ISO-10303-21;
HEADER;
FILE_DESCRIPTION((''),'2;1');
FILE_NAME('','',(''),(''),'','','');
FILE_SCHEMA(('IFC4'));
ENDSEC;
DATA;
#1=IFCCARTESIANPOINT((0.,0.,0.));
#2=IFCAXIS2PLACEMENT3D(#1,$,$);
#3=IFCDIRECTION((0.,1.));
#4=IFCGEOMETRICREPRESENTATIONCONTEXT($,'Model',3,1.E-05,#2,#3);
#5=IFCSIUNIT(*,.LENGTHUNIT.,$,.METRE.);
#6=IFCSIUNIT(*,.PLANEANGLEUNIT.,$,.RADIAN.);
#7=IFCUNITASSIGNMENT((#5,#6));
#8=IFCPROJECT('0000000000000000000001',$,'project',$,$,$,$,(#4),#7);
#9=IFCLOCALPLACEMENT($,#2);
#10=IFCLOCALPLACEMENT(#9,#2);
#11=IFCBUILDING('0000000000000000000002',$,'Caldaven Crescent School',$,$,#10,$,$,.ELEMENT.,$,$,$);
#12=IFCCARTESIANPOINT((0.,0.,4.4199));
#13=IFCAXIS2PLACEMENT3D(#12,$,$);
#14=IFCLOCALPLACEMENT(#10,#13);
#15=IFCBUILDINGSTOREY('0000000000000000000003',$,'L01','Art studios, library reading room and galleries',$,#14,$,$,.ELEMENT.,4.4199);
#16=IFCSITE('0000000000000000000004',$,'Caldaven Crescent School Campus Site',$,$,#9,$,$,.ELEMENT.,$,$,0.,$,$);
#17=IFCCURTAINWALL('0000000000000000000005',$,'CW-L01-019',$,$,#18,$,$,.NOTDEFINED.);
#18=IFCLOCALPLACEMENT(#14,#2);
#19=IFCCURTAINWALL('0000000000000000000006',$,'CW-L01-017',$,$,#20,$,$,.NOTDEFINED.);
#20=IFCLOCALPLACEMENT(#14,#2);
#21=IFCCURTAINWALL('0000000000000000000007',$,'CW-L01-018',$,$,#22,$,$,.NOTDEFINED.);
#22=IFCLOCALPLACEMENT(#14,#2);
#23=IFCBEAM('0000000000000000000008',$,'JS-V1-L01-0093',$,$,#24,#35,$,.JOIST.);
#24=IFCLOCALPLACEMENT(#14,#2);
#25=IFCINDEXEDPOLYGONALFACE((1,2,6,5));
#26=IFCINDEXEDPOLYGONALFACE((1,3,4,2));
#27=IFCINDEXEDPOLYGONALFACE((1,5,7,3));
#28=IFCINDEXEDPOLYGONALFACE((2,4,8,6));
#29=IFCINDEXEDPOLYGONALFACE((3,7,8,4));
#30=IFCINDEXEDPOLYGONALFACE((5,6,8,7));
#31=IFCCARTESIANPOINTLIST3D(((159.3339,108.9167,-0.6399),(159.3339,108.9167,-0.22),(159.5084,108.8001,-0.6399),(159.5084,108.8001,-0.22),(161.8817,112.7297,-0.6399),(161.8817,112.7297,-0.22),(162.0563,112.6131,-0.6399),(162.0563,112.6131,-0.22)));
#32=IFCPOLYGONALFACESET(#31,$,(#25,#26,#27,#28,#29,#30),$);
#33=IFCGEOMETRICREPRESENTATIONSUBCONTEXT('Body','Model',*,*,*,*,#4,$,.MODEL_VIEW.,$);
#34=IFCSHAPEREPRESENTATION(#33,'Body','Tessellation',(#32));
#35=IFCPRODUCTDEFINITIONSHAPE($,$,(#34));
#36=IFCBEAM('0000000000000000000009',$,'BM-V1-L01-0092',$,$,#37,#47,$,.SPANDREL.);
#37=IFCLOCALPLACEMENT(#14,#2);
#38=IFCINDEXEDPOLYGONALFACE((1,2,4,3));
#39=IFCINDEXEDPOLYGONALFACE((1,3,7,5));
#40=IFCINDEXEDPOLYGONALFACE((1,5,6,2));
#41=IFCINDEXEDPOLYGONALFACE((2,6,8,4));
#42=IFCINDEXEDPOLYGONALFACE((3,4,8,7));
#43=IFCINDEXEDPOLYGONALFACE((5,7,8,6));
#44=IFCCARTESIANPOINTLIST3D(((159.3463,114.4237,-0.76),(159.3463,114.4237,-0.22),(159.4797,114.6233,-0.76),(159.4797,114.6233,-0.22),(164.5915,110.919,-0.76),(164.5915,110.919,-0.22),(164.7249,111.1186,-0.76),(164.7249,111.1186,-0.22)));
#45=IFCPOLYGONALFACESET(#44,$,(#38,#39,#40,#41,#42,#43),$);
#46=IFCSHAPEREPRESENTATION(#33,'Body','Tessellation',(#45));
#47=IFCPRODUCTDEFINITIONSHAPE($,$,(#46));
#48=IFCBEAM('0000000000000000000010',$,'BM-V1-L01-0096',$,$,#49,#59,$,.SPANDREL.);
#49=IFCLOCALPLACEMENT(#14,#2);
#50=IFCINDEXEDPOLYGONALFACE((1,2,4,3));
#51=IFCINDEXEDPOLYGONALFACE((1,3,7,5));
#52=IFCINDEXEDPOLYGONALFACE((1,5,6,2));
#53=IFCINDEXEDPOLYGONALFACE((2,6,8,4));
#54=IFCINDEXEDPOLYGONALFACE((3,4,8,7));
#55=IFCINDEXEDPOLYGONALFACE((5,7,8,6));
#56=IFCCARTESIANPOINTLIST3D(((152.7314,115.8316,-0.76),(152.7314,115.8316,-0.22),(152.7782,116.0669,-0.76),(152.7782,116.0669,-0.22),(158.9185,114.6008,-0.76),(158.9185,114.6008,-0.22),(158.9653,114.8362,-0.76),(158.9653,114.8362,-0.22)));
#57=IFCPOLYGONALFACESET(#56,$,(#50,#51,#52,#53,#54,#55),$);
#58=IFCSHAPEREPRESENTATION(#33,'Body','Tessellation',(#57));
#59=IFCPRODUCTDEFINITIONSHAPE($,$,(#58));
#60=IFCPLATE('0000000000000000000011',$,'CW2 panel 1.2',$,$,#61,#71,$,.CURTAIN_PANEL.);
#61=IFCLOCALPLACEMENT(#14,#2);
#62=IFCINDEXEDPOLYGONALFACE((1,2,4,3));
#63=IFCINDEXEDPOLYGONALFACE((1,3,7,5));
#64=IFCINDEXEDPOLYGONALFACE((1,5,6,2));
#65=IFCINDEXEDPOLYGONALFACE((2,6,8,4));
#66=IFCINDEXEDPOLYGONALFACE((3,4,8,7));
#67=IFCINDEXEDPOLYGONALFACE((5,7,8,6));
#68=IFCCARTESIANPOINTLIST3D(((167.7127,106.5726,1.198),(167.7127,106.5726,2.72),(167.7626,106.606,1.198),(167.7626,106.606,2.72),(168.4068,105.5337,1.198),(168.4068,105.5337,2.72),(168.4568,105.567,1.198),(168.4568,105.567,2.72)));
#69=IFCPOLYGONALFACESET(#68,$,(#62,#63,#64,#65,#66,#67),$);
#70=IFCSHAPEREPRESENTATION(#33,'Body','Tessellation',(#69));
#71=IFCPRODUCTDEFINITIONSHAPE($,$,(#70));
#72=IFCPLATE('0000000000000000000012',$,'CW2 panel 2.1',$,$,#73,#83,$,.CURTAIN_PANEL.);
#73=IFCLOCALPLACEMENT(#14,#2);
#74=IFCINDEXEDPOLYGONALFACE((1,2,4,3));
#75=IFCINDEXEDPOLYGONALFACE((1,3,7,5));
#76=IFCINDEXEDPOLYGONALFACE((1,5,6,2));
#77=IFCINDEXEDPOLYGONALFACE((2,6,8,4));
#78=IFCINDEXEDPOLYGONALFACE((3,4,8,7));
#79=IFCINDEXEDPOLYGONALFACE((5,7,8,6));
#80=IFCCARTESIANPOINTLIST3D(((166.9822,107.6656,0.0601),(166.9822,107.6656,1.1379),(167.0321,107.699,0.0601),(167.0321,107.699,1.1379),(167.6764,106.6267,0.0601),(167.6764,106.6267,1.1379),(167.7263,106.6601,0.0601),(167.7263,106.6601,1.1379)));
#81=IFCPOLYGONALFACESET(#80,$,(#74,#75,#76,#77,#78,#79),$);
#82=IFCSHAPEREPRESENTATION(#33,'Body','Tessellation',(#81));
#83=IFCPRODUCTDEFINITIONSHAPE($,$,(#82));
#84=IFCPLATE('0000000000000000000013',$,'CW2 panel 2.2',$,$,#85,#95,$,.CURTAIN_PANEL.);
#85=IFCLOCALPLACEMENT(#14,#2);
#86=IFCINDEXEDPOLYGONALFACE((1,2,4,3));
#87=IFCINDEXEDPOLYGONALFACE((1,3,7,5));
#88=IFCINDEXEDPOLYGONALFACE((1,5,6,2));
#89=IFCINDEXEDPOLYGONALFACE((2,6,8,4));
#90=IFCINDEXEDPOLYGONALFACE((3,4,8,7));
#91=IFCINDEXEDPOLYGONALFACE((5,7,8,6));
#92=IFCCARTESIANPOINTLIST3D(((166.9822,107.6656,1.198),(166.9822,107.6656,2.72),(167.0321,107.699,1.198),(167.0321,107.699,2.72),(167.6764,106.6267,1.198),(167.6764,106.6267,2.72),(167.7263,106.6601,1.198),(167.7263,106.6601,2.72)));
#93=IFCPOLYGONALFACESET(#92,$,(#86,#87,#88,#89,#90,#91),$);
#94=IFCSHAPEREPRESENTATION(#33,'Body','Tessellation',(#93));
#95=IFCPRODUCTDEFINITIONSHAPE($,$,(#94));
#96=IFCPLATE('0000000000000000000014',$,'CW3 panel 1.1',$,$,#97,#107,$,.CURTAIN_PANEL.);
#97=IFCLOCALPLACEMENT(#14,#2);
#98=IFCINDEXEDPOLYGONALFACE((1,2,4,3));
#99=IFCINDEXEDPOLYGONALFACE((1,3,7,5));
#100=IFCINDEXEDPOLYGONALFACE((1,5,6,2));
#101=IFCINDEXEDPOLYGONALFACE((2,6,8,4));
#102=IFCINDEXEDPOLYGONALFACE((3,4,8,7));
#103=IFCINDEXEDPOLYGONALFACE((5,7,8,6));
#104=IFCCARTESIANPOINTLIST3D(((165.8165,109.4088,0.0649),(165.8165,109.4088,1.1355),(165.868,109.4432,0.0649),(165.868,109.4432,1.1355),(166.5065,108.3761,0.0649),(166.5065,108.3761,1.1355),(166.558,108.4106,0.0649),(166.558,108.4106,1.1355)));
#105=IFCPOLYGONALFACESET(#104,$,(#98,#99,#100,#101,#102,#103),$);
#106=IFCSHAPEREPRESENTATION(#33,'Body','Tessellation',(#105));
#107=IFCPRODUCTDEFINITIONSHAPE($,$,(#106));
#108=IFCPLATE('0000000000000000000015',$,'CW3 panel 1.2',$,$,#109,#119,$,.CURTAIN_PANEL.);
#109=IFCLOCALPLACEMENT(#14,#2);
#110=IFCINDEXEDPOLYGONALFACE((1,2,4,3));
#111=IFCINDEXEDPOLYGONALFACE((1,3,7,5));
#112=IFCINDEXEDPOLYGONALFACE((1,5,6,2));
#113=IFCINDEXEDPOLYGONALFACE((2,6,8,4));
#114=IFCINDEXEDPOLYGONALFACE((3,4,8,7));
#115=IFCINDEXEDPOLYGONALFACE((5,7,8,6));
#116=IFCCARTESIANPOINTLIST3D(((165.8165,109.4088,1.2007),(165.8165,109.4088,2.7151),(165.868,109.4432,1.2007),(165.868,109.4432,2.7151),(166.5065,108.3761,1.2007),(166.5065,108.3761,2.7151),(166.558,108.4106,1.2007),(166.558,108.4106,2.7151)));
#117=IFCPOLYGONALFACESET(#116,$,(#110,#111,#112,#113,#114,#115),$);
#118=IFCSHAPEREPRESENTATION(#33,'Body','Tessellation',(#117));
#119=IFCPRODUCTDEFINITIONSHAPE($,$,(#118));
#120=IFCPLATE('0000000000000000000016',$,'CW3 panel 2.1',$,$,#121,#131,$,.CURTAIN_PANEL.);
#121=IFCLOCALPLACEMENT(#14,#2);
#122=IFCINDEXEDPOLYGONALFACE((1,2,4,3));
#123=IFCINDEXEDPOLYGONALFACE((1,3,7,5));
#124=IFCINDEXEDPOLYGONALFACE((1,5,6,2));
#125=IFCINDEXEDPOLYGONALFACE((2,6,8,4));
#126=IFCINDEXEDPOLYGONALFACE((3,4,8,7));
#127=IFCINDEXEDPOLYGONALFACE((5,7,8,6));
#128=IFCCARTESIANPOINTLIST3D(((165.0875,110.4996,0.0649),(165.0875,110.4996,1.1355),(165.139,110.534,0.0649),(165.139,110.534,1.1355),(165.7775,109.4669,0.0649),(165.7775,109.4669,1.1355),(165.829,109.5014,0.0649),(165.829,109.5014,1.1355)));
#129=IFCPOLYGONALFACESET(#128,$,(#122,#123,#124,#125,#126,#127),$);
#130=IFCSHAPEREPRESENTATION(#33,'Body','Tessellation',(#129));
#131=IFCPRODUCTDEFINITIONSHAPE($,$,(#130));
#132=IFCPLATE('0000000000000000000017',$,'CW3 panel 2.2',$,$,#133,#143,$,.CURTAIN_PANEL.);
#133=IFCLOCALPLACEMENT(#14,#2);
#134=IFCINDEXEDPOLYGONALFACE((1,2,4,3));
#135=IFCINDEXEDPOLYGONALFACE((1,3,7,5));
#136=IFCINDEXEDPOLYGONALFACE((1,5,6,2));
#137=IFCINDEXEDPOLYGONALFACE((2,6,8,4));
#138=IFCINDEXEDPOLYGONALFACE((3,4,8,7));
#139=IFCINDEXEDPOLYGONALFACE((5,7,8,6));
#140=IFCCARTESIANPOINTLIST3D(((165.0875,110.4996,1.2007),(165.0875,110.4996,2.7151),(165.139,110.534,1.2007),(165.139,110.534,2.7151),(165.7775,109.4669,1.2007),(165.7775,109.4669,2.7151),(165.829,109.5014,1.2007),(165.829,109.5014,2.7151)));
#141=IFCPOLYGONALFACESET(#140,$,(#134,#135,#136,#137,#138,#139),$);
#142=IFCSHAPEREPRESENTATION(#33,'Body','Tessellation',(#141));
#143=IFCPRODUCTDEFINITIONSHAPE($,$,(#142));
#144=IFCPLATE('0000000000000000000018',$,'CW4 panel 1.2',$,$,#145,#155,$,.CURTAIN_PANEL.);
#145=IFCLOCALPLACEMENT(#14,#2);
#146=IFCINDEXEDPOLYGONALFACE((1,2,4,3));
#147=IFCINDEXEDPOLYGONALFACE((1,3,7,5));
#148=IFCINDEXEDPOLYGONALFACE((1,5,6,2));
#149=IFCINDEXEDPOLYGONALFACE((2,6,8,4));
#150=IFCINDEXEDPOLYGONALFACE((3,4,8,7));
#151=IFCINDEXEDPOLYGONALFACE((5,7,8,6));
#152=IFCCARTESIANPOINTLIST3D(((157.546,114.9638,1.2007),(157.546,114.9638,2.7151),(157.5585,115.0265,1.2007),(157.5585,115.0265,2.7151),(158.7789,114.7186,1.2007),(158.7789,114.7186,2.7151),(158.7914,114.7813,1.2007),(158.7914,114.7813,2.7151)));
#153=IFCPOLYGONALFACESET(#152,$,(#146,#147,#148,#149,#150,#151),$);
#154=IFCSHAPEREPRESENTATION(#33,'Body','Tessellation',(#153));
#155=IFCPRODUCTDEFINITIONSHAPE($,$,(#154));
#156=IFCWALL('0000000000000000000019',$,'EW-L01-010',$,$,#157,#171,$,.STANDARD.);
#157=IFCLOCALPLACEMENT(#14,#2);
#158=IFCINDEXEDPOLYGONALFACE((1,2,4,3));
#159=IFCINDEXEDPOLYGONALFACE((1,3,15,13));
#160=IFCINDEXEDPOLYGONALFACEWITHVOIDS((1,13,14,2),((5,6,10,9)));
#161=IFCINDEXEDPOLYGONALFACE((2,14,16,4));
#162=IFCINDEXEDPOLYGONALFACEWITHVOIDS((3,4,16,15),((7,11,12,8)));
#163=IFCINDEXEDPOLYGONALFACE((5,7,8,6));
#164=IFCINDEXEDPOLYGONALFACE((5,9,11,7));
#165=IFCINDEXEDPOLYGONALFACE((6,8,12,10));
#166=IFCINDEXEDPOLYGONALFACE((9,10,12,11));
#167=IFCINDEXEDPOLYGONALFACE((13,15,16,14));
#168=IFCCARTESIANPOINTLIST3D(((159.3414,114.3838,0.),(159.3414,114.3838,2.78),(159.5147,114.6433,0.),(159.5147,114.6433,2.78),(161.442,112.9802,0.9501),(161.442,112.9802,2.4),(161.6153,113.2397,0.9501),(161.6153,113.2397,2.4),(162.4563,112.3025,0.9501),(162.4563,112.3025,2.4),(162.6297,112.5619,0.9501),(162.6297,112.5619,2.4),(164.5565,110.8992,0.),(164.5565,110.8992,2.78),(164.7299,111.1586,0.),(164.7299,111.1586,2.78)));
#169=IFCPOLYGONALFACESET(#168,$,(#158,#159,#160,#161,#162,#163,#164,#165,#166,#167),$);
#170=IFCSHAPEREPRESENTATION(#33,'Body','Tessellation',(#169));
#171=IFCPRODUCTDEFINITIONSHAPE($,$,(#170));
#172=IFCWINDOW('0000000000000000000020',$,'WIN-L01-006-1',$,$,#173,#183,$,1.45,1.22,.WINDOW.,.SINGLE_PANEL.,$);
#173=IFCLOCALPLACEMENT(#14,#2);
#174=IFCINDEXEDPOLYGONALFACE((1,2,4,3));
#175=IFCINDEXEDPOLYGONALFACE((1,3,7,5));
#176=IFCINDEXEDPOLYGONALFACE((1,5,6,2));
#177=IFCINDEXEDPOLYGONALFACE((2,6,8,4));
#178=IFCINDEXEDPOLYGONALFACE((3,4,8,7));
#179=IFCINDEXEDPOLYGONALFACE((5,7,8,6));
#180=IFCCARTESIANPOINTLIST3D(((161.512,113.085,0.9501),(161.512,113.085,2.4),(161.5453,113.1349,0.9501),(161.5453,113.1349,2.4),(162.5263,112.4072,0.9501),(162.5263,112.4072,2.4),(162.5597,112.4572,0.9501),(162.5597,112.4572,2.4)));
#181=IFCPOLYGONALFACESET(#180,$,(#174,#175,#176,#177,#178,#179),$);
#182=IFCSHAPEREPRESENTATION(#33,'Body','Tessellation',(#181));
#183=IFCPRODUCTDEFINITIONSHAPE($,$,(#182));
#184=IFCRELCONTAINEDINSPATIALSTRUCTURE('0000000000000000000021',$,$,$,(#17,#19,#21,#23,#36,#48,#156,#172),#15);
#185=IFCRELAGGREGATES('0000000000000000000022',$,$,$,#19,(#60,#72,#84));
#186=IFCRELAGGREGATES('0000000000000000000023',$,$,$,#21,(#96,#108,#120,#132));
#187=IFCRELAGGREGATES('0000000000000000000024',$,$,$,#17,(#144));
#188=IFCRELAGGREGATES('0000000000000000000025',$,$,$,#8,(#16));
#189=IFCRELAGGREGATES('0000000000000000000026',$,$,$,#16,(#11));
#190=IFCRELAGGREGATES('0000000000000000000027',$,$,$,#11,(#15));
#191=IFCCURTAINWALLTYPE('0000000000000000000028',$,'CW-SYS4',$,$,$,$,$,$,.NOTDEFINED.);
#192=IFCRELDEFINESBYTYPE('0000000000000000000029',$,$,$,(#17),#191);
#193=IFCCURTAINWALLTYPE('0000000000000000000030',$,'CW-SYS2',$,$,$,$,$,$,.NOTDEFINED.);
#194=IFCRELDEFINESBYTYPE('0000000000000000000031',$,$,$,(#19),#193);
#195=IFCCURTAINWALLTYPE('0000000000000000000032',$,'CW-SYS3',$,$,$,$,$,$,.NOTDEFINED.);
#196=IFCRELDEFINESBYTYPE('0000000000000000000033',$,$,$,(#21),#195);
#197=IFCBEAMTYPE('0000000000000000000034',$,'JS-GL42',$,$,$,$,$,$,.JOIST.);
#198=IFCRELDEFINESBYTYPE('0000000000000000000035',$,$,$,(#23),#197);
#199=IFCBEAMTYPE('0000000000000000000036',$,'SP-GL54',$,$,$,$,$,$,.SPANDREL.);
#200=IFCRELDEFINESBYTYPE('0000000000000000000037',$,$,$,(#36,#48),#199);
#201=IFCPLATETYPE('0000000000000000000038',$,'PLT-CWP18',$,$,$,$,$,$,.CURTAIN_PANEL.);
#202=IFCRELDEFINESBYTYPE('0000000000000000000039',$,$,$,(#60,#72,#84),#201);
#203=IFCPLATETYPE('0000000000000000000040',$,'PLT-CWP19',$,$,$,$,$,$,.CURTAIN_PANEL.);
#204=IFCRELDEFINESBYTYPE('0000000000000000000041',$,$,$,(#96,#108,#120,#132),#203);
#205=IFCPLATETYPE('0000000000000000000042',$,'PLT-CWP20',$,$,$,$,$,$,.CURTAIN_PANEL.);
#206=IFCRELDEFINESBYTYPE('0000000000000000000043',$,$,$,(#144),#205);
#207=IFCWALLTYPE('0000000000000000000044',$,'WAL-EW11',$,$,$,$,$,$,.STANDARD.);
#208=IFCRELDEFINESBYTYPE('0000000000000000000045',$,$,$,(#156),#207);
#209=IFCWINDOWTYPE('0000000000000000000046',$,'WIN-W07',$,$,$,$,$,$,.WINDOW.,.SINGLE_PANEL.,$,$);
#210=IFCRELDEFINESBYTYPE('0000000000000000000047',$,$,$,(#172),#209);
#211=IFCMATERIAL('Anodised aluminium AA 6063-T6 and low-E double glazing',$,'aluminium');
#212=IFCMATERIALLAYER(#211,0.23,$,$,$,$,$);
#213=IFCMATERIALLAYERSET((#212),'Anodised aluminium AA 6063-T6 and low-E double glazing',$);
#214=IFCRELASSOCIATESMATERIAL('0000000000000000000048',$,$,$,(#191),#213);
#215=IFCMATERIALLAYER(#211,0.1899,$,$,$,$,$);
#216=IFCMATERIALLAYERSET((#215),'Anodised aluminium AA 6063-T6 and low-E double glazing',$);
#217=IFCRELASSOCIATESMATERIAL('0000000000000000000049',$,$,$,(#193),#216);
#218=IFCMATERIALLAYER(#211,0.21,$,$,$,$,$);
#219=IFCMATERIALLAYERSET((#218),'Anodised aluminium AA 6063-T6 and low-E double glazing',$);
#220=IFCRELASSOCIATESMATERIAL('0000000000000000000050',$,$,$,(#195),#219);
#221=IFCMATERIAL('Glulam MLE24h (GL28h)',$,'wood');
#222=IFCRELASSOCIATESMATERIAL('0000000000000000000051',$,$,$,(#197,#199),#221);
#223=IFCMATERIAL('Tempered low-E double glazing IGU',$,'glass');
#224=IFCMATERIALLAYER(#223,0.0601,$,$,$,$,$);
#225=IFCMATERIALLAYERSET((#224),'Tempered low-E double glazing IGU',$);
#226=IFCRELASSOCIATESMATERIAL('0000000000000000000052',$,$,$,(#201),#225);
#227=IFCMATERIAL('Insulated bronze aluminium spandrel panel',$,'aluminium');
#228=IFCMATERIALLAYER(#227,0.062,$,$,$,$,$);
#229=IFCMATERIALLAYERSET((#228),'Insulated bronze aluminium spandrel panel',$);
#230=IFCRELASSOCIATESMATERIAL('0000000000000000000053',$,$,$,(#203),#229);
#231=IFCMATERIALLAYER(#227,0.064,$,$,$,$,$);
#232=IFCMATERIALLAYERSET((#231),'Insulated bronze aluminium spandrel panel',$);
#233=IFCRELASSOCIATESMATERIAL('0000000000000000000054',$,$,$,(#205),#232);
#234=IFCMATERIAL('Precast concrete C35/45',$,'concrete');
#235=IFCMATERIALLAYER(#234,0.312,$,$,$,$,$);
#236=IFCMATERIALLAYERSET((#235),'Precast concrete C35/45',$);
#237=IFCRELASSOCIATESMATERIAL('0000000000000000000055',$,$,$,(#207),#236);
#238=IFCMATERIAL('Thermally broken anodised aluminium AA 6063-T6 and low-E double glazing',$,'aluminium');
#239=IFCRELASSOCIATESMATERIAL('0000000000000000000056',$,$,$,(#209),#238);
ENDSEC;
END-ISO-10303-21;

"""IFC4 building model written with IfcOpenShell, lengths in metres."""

from ifc_helpers import new_model, si_unit, direction, frame, frame_2d, origin, origin_2d, place, context, subcontext, project, spatial, rectangle, extrude, material, layer, layer_set, material_profile, profile_set, type_object, element, fill, aggregate, save


model = new_model("IFC4")

# Units and contexts
model_context = context("Model", 3, precision=1e-05, world=origin(), true_north=direction((0.0, 1.0)))
body_context = subcontext(model_context, "Body", "Model", "MODEL_VIEW")
ifc_project = project(units=[si_unit("LENGTHUNIT", "METRE"), si_unit("PLANEANGLEUNIT", "RADIAN")], contexts=[model_context])

# Site, building, storey
site_placement = place(None, origin())
site = spatial("IfcSite", under=ifc_project, at=site_placement, Name="Caldaven Crescent School Campus Site", CompositionType="ELEMENT", RefElevation=0.0)
building_placement = place(site_placement, origin())
building = spatial("IfcBuilding", under=site, at=building_placement, Name="Caldaven Crescent School", CompositionType="ELEMENT")
storey_placement = place(building_placement, frame((0.0, 0.0, 4.4199)))
storey = spatial("IfcBuildingStorey", under=building, at=storey_placement, Name="L01", Description="Art studios, library reading room and galleries", CompositionType="ELEMENT", Elevation=4.4199)

# Shared definitions
ifc_material_1 = material(Name="Glulam MLE24h (GL28h)", Category="wood")

# Curtain wall
ifc_material_2 = material(Name="Anodised aluminium AA 6063-T6 and low-E double glazing", Category="aluminium")
ifc_layer_1 = layer(ifc_material_2, 0.23)
ifc_layer_set_1 = layer_set([ifc_layer_1], Name="Anodised aluminium AA 6063-T6 and low-E double glazing")
curtain_wall_type_1 = type_object("IfcCurtainWallType", Name="CW-SYS4", PredefinedType="NOTDEFINED", material=ifc_layer_set_1)
curtain_wall_1_placement = place(storey_placement, origin())
curtain_wall_1 = element("IfcCurtainWall", 1, at=curtain_wall_1_placement, inside=storey, type_object=curtain_wall_type_1, Name="CW-L01-019", PredefinedType="NOTDEFINED")

# Curtain walls
ifc_layer_2 = layer(ifc_material_2, 0.1899)
ifc_layer_set_2 = layer_set([ifc_layer_2], Name="Anodised aluminium AA 6063-T6 and low-E double glazing")
curtain_wall_type_2 = type_object("IfcCurtainWallType", Name="CW-SYS2", PredefinedType="NOTDEFINED", material=ifc_layer_set_2)
curtain_wall_2_placement = place(storey_placement, origin())
curtain_wall_2 = element("IfcCurtainWall", 2, at=curtain_wall_2_placement, inside=storey, type_object=curtain_wall_type_2, Name="CW-L01-017", PredefinedType="NOTDEFINED")
ifc_layer_3 = layer(ifc_material_2, 0.21)
ifc_layer_set_3 = layer_set([ifc_layer_3], Name="Anodised aluminium AA 6063-T6 and low-E double glazing")
curtain_wall_type_3 = type_object("IfcCurtainWallType", Name="CW-SYS3", PredefinedType="NOTDEFINED", material=ifc_layer_set_3)
curtain_wall_3_placement = place(storey_placement, origin())
curtain_wall_3 = element("IfcCurtainWall", 3, at=curtain_wall_3_placement, inside=storey, type_object=curtain_wall_type_3, Name="CW-L01-018", PredefinedType="NOTDEFINED")

# Beams
ifc_material_profile_1 = material_profile(ifc_material_1, rectangle(XDim=0.21, YDim=0.4199, at=origin_2d()), Name="MLE 210x420")
ifc_profile_set_1 = profile_set([ifc_material_profile_1], Name="Glulam MLE24h (GL28h)")
beam_type_1 = type_object("IfcBeamType", Name="JS-GL42", PredefinedType="JOIST", material=ifc_profile_set_1)
beam_1_placement = place(storey_placement, frame((159.4211, 108.8584, -0.4299), z_axis=(0.555584, 0.83146, 0.0), x_axis=(-0.83146, 0.555584, 0.0)))
element("IfcBeam", 4, at=beam_1_placement, inside=storey, type_object=beam_type_1, Name="JS-V1-L01-0093", PredefinedType="JOIST", context=body_context, shape_type="SweptSolid", body=[
    extrude(rectangle(XDim=0.21, YDim=0.4199, at=origin_2d()), origin(), (0.0, 0.0, 1.0), 4.5859),
])
ifc_material_profile_2 = material_profile(ifc_material_1, rectangle(XDim=0.24, YDim=0.54, at=origin_2d()), Name="MLE 240x540")
ifc_profile_set_2 = profile_set([ifc_material_profile_2], Name="Glulam MLE24h (GL28h)")
beam_type_2 = type_object("IfcBeamType", Name="SP-GL54", PredefinedType="SPANDREL", material=ifc_profile_set_2)
for number, where, z_axis, x_axis, name in (
    (5, (164.6582, 111.0188, -0.49), (-0.831472, 0.555566, 0.0), (-0.555566, -0.831472, 0.0), "BM-V1-L01-0092"),
    (6, (158.9419, 114.7185, -0.49), (-0.980784, 0.195096, 0.0), (-0.195096, -0.980784, 0.0), "BM-V1-L01-0096"),
):
    element("IfcBeam", number, at=place(storey_placement, frame(where, z_axis=z_axis, x_axis=x_axis)), inside=storey, type_object=beam_type_2, Name=name, PredefinedType="SPANDREL", context=body_context, shape_type="SweptSolid", body=[
        extrude(rectangle(XDim=0.24, YDim=0.54, at=origin_2d()), origin(), (0.0, 0.0, 1.0), 6.3083),
    ])

# Plates
ifc_material_3 = material(Name="Tempered low-E double glazing IGU", Category="glass")
ifc_layer_4 = layer(ifc_material_3, 0.0601)
ifc_layer_set_4 = layer_set([ifc_layer_4], Name="Tempered low-E double glazing IGU")
plate_type_1 = type_object("IfcPlateType", Name="PLT-CWP18", PredefinedType="CURTAIN_PANEL", material=ifc_layer_set_4)
plate_1_placement = place(storey_placement, frame((168.0847, 106.0698, 1.198), z_axis=(0.0, 0.0, 1.0), x_axis=(-0.555569, 0.83147, 0.0)))
plate_1 = element("IfcPlate", 7, at=plate_1_placement, type_object=plate_type_1, Name="CW2 panel 1.2", PredefinedType="CURTAIN_PANEL", context=body_context, shape_type="SweptSolid", body=[
    extrude(rectangle(XDim=1.2495, YDim=0.0601, at=origin_2d()), origin(), (0.0, 0.0, 1.0), 1.522),
])
plate_2_placement = place(storey_placement, frame((167.3542, 107.1628, 0.0601), z_axis=(0.0, 0.0, 1.0), x_axis=(-0.555569, 0.83147, 0.0)))
plate_2 = element("IfcPlate", 8, at=plate_2_placement, type_object=plate_type_1, Name="CW2 panel 2.1", PredefinedType="CURTAIN_PANEL", context=body_context, shape_type="SweptSolid", body=[
    extrude(rectangle(XDim=1.2495, YDim=0.0601, at=origin_2d()), origin(), (0.0, 0.0, 1.0), 1.0779),
])
plate_3_placement = place(storey_placement, frame((167.3542, 107.1628, 1.198), z_axis=(0.0, 0.0, 1.0), x_axis=(-0.555569, 0.83147, 0.0)))
plate_3 = element("IfcPlate", 9, at=plate_3_placement, type_object=plate_type_1, Name="CW2 panel 2.2", PredefinedType="CURTAIN_PANEL", context=body_context, shape_type="SweptSolid", body=[
    extrude(rectangle(XDim=1.2495, YDim=0.0601, at=origin_2d()), origin(), (0.0, 0.0, 1.0), 1.522),
])
aggregate(curtain_wall_2, [plate_1, plate_2, plate_3])
ifc_material_4 = material(Name="Insulated bronze aluminium spandrel panel", Category="aluminium")
ifc_layer_5 = layer(ifc_material_4, 0.062)
ifc_layer_set_5 = layer_set([ifc_layer_5], Name="Insulated bronze aluminium spandrel panel")
plate_type_2 = type_object("IfcPlateType", Name="PLT-CWP19", PredefinedType="CURTAIN_PANEL", material=ifc_layer_set_5)
plate_4_placement = place(storey_placement, frame((166.1873, 108.9097, 0.0649), z_axis=(0.0, 0.0, 1.0), x_axis=(-0.555572, 0.831469, 0.0)))
plate_4 = element("IfcPlate", 10, at=plate_4_placement, type_object=plate_type_2, Name="CW3 panel 1.1", PredefinedType="CURTAIN_PANEL", context=body_context, shape_type="SweptSolid", body=[
    extrude(rectangle(XDim=1.2419, YDim=0.062, at=origin_2d()), origin(), (0.0, 0.0, 1.0), 1.0706),
])
plate_5_placement = place(storey_placement, frame((166.1873, 108.9097, 1.2007), z_axis=(0.0, 0.0, 1.0), x_axis=(-0.555572, 0.831469, 0.0)))
plate_5 = element("IfcPlate", 11, at=plate_5_placement, type_object=plate_type_2, Name="CW3 panel 1.2", PredefinedType="CURTAIN_PANEL", context=body_context, shape_type="SweptSolid", body=[
    extrude(rectangle(XDim=1.2419, YDim=0.062, at=origin_2d()), origin(), (0.0, 0.0, 1.0), 1.5144),
])
plate_6_placement = place(storey_placement, frame((165.4583, 110.0005, 0.0649), z_axis=(0.0, 0.0, 1.0), x_axis=(-0.555572, 0.831469, 0.0)))
plate_6 = element("IfcPlate", 12, at=plate_6_placement, type_object=plate_type_2, Name="CW3 panel 2.1", PredefinedType="CURTAIN_PANEL", context=body_context, shape_type="SweptSolid", body=[
    extrude(rectangle(XDim=1.2419, YDim=0.062, at=origin_2d()), origin(), (0.0, 0.0, 1.0), 1.0706),
])
plate_7_placement = place(storey_placement, frame((165.4583, 110.0005, 1.2007), z_axis=(0.0, 0.0, 1.0), x_axis=(-0.555572, 0.831469, 0.0)))
plate_7 = element("IfcPlate", 13, at=plate_7_placement, type_object=plate_type_2, Name="CW3 panel 2.2", PredefinedType="CURTAIN_PANEL", context=body_context, shape_type="SweptSolid", body=[
    extrude(rectangle(XDim=1.2419, YDim=0.062, at=origin_2d()), origin(), (0.0, 0.0, 1.0), 1.5144),
])
aggregate(curtain_wall_3, [plate_4, plate_5, plate_6, plate_7])
ifc_layer_6 = layer(ifc_material_4, 0.064)
ifc_layer_set_6 = layer_set([ifc_layer_6], Name="Insulated bronze aluminium spandrel panel")
plate_type_3 = type_object("IfcPlateType", Name="PLT-CWP20", PredefinedType="CURTAIN_PANEL", material=ifc_layer_set_6)
plate_8_placement = place(storey_placement, frame((158.1687, 114.8726, 1.2007), z_axis=(0.0, 0.0, 1.0), x_axis=(-0.980785, 0.19509, 0.0)))
plate_8 = element("IfcPlate", 14, at=plate_8_placement, type_object=plate_type_3, Name="CW4 panel 1.2", PredefinedType="CURTAIN_PANEL", context=body_context, shape_type="SweptSolid", body=[
    extrude(rectangle(XDim=1.2571, YDim=0.064, at=origin_2d()), origin(), (0.0, 0.0, 1.0), 1.5144),
])
aggregate(curtain_wall_1, [plate_8])

# Wall, opening, window
ifc_material_5 = material(Name="Precast concrete C35/45", Category="concrete")
ifc_layer_7 = layer(ifc_material_5, 0.312)
ifc_layer_set_7 = layer_set([ifc_layer_7], Name="Precast concrete C35/45")
wall_type = type_object("IfcWallType", Name="WAL-EW11", PredefinedType="STANDARD", material=ifc_layer_set_7)
wall_placement = place(storey_placement, frame((164.6433, 111.0288, 0.0), z_axis=(0.0, 0.0, 1.0), x_axis=(-0.831469, 0.555571, 0.0)))
wall = element("IfcWall", 15, at=wall_placement, inside=storey, type_object=wall_type, Name="EW-L01-010", PredefinedType="STANDARD", context=body_context, shape_type="SweptSolid", body=[
    extrude(rectangle(XDim=6.2722, YDim=0.312, at=frame_2d((3.1362, 0.0))), origin(), (0.0, 0.0, 1.0), 2.78),
])
opening_placement = place(wall_placement, frame((2.5261, 0.0, 0.95)))
opening = element("IfcOpeningElement", 16, at=opening_placement, cuts=wall, PredefinedType="OPENING", context=body_context, shape_type="SweptSolid", body=[
    extrude(rectangle(XDim=1.22, YDim=1.45, at=frame_2d((0.6099, 0.7251))), frame((0.0, 0.166, 0.0), z_axis=(0.0, -1.0, 0.0), x_axis=(1.0, 0.0, 0.0)), (0.0, 0.0, 1.0), 0.332),
])
ifc_material_6 = material(Name="Thermally broken anodised aluminium AA 6063-T6 and low-E double glazing", Category="aluminium")
window_type = type_object("IfcWindowType", Name="WIN-W07", PartitioningType="SINGLE_PANEL", PredefinedType="WINDOW", material=ifc_material_6)
window_placement = place(opening_placement, origin())
window = element("IfcWindow", 17, at=window_placement, inside=storey, type_object=window_type, Name="WIN-L01-006-1", OverallHeight=1.45, OverallWidth=1.22, PartitioningType="SINGLE_PANEL", PredefinedType="WINDOW", context=body_context, shape_type="SweptSolid", body=[
    extrude(rectangle(XDim=1.22, YDim=1.45, at=frame_2d((0.6099, 0.7251))), frame((0.0, 0.03, 0.0), z_axis=(0.0, -1.0, 0.0), x_axis=(1.0, 0.0, 0.0)), (0.0, 0.0, 1.0), 0.0601),
])
fill(opening, window)

save(model, "model.ifc")
